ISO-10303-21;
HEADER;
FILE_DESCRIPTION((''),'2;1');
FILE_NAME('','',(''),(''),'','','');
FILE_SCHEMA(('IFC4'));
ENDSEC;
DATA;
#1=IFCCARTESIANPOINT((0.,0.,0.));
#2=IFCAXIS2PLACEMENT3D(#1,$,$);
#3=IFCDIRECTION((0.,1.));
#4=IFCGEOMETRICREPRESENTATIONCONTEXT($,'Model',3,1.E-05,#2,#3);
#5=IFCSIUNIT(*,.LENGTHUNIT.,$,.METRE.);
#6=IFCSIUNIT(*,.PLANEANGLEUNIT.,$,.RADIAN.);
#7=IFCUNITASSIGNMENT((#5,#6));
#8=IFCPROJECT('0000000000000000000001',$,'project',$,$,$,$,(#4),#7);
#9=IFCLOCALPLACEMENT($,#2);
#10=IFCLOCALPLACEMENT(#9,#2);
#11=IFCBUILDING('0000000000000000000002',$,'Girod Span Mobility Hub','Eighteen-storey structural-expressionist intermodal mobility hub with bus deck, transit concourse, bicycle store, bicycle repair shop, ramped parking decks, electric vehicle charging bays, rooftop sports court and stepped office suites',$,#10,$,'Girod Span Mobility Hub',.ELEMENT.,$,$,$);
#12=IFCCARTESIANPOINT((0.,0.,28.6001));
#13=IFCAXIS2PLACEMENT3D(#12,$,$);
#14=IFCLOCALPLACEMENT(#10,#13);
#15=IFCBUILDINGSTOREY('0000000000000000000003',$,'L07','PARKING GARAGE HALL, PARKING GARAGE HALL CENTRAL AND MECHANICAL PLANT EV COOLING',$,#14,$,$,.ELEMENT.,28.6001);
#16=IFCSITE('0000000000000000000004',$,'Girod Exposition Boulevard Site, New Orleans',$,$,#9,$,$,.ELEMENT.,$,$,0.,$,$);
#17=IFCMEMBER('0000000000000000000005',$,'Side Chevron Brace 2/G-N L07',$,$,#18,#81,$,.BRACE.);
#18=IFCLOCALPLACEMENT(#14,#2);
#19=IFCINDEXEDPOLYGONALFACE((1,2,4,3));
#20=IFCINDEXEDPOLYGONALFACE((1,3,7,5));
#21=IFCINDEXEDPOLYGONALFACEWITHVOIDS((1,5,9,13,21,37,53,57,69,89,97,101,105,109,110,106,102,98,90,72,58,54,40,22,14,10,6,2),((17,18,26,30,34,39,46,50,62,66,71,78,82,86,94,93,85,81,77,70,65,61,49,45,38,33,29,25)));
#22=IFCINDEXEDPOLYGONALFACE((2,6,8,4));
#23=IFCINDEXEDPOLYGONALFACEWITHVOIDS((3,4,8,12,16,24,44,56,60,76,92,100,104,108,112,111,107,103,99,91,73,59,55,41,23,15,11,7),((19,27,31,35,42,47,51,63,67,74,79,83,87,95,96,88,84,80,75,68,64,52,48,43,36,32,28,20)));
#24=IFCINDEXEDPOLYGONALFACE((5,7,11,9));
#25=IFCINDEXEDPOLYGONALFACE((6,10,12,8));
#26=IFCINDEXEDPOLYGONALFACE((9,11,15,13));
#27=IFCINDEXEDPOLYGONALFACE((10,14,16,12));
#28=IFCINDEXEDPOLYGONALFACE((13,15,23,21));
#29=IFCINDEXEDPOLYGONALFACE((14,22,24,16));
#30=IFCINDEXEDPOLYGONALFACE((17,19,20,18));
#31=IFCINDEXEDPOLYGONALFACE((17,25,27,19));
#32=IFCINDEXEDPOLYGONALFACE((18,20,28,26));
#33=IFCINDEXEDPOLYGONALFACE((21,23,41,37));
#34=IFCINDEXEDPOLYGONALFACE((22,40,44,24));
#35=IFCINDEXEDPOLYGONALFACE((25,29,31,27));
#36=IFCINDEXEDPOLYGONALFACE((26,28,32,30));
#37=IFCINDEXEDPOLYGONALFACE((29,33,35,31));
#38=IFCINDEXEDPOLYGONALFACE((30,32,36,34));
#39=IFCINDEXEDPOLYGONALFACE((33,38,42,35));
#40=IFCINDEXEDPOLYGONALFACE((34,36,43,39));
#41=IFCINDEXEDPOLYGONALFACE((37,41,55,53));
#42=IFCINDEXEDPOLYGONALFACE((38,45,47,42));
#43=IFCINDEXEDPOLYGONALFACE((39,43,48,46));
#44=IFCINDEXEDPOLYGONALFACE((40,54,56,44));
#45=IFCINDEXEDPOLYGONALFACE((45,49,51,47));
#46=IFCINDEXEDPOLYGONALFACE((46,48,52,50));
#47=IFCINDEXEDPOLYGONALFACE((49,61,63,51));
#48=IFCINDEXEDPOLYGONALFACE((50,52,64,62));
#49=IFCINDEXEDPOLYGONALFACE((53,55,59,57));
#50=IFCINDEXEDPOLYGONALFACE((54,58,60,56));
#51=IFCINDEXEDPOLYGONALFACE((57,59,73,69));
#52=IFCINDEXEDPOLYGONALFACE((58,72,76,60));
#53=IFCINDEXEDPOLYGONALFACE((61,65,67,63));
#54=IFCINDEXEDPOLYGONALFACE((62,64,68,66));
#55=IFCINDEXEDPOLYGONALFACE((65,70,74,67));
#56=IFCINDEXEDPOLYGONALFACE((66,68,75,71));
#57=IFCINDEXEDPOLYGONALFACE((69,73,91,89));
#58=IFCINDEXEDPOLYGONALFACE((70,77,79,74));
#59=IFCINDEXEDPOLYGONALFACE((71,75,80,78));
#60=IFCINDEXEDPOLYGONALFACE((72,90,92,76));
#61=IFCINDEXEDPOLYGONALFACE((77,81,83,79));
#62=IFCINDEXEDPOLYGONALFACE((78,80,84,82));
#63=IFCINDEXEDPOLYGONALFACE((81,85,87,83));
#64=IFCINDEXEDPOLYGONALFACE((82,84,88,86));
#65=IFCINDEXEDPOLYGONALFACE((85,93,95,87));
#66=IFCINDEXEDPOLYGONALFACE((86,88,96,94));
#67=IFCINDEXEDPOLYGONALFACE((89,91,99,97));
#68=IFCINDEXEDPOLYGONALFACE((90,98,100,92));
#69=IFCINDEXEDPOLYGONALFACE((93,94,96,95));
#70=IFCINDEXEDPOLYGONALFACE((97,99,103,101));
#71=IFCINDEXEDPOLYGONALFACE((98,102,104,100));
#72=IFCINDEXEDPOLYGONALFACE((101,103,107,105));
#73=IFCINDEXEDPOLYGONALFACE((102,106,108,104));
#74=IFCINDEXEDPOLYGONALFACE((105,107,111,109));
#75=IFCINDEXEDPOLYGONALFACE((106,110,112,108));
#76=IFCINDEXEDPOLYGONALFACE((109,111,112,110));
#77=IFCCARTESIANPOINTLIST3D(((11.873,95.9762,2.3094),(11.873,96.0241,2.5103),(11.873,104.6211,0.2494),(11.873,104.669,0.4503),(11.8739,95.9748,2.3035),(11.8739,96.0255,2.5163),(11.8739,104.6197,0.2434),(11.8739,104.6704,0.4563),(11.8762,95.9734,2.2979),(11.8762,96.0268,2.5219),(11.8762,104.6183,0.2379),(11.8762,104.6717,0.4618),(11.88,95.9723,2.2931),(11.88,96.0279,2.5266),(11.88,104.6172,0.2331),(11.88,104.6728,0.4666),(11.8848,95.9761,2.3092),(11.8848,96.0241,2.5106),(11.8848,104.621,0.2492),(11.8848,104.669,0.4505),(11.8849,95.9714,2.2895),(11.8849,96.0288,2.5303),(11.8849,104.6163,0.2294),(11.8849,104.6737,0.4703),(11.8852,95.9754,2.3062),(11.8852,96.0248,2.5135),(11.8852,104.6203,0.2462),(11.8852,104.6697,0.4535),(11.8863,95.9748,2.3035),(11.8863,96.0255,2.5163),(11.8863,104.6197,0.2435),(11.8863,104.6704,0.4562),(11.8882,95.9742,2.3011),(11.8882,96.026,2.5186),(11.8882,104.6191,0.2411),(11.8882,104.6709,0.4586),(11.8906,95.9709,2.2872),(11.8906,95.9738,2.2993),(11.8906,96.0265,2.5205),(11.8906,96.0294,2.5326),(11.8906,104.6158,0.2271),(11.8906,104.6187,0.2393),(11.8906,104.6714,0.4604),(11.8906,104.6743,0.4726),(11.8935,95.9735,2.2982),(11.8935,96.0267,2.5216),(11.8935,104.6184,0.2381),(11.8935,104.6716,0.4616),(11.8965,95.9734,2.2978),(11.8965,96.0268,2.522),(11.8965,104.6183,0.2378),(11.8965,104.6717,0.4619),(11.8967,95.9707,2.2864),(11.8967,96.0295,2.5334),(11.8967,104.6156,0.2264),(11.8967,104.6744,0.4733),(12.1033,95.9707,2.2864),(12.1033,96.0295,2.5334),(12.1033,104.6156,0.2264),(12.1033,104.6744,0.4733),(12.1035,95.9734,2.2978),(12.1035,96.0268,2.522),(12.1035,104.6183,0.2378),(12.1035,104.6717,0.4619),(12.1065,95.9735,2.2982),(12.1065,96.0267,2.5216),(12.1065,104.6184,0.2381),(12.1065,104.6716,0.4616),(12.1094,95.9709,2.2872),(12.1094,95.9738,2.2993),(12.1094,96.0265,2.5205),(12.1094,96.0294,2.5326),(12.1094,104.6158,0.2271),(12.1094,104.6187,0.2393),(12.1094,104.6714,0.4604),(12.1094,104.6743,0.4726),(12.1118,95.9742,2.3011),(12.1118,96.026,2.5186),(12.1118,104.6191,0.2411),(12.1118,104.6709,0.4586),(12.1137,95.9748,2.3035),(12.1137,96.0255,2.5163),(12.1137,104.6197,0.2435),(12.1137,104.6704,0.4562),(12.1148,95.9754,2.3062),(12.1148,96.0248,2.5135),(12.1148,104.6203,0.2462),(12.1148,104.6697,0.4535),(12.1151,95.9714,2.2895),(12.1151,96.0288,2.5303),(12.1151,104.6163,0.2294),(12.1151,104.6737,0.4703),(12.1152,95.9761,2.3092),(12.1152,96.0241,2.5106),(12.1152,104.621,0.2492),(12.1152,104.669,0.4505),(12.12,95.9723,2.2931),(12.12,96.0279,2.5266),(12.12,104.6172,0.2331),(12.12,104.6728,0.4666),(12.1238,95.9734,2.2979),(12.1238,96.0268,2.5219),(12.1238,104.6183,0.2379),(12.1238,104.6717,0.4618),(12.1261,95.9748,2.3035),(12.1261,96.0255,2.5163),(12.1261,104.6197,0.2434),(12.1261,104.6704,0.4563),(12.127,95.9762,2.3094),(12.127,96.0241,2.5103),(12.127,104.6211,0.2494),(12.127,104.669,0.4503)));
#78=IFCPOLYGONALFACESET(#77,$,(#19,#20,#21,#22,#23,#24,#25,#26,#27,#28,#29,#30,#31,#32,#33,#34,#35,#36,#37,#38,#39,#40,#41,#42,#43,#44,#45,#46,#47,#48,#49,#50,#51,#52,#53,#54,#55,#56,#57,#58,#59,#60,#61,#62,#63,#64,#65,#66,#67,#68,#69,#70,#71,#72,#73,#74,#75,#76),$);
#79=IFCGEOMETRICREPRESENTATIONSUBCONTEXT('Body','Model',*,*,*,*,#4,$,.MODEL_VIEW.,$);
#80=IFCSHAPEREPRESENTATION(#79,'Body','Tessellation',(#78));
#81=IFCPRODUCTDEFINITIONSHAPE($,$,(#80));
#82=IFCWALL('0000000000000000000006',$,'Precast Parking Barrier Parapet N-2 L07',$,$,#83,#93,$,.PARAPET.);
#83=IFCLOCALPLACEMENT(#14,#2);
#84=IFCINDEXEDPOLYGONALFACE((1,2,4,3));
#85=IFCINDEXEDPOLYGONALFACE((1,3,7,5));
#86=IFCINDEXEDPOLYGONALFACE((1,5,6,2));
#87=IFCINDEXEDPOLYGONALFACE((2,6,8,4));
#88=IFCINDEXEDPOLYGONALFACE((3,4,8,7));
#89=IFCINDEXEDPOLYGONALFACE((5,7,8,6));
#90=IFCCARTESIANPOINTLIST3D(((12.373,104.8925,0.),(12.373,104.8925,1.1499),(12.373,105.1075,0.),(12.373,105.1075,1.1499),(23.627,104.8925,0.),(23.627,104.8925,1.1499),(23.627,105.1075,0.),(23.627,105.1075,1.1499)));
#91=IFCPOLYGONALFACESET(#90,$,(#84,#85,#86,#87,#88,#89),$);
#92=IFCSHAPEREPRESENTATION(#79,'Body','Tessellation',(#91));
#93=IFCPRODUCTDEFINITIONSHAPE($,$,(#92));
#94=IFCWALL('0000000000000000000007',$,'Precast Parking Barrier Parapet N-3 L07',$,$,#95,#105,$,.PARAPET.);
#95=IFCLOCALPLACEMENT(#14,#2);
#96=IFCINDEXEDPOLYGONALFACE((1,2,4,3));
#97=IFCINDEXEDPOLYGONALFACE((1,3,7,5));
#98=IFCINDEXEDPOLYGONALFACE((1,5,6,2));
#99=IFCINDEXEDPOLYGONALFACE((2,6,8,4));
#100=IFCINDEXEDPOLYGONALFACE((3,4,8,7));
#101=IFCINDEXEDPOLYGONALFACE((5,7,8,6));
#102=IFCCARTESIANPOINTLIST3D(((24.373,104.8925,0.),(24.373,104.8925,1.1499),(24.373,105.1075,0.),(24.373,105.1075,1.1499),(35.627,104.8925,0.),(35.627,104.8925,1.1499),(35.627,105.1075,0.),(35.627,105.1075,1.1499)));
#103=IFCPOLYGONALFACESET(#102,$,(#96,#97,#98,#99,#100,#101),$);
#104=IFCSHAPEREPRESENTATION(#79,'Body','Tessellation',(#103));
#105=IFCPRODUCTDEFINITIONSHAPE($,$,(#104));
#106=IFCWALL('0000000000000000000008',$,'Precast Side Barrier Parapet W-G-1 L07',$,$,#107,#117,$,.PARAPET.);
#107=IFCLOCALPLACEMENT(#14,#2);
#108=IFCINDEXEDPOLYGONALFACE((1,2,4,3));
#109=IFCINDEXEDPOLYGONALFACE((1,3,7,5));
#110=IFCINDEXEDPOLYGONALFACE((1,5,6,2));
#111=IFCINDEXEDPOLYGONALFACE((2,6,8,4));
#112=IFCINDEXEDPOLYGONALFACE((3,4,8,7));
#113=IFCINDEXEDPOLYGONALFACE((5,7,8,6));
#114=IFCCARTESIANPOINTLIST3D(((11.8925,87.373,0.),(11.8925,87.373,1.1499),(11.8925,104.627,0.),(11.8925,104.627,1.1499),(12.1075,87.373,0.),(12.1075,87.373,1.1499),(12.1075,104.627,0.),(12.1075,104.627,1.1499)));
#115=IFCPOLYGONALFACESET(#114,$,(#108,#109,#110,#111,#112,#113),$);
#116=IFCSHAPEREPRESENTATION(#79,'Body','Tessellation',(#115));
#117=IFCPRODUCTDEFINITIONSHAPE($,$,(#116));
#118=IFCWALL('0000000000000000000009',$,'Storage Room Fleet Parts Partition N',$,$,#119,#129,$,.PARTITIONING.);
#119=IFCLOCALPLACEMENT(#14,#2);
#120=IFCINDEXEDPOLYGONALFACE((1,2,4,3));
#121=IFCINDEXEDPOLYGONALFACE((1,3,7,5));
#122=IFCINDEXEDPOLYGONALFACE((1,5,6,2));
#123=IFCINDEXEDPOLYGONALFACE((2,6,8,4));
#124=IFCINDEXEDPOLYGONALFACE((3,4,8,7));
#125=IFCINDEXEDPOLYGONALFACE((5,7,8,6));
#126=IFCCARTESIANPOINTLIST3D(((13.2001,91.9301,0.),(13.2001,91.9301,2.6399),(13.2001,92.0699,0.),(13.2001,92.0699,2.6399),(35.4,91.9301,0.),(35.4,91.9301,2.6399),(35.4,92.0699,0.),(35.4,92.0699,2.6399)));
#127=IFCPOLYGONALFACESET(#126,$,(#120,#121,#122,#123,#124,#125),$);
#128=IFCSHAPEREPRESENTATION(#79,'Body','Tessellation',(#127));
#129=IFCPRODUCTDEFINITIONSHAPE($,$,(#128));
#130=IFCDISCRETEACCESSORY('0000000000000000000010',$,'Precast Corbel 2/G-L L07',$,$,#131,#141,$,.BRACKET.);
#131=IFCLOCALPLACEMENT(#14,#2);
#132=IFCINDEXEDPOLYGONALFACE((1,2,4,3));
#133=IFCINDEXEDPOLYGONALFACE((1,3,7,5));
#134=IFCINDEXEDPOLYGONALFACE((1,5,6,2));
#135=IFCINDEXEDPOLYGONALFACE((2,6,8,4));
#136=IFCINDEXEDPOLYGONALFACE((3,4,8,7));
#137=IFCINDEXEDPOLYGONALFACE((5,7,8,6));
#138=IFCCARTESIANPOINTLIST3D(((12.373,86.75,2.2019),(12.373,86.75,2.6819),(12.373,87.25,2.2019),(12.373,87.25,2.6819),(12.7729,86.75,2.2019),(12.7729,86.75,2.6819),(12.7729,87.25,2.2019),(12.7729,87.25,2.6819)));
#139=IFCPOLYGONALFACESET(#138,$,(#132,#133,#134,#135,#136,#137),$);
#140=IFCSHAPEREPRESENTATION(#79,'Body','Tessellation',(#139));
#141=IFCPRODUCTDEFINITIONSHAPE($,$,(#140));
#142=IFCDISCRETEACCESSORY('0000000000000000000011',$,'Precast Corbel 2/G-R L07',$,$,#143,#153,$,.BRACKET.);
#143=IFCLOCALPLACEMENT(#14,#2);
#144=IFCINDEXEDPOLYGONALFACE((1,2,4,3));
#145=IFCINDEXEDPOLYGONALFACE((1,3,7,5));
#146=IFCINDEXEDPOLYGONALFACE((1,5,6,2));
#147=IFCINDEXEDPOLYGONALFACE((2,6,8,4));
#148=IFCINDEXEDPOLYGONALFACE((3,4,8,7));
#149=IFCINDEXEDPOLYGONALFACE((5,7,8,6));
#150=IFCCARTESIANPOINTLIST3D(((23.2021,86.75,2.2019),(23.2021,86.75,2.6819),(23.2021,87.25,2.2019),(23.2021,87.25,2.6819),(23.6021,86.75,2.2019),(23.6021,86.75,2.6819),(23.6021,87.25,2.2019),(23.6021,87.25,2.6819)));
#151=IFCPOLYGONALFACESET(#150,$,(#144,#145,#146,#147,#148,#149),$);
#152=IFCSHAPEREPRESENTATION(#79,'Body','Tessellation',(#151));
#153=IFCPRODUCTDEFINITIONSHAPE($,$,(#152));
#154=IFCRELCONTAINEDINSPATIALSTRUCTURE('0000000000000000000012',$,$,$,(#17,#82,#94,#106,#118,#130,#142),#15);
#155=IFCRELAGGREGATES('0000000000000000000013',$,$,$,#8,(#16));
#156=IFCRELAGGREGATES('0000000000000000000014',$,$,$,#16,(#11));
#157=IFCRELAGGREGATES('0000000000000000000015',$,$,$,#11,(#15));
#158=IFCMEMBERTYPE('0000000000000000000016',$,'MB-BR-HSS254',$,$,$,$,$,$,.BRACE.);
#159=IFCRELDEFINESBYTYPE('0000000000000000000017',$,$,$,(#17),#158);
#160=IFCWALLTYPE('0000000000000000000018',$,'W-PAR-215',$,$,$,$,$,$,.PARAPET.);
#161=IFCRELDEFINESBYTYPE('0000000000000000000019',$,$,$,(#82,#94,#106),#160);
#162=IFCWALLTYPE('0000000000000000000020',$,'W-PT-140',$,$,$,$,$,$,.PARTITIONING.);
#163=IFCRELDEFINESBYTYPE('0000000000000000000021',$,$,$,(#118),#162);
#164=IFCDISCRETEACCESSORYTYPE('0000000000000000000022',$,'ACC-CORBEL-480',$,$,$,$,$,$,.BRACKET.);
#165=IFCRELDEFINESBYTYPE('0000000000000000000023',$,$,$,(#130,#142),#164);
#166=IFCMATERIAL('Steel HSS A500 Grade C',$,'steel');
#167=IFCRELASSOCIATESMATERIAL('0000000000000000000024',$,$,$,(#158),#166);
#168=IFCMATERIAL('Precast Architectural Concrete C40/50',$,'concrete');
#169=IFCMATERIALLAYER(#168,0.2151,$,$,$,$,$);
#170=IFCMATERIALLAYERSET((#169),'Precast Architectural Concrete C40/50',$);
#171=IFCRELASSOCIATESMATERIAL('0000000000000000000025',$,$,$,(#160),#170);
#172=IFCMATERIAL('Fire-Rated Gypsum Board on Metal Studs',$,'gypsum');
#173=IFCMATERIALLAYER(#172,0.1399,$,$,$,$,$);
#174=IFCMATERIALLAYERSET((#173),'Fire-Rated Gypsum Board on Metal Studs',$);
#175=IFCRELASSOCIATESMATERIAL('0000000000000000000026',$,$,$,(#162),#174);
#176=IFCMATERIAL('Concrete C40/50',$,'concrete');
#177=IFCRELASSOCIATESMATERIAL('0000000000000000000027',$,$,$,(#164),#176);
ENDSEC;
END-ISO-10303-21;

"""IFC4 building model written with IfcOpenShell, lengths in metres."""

from ifc_helpers import new_model, si_unit, direction, frame, frame_2d, origin, origin_2d, place, context, subcontext, project, spatial, rectangle, hollow_rectangle, extrude, material, layer, layer_set, material_profile, profile_set, type_object, element, save


model = new_model("IFC4")

# Units and contexts
model_context = context("Model", 3, precision=1e-05, world=origin(), true_north=direction((0.0, 1.0)))
body_context = subcontext(model_context, "Body", "Model", "MODEL_VIEW")
ifc_project = project(units=[si_unit("LENGTHUNIT", "METRE"), si_unit("PLANEANGLEUNIT", "RADIAN")], contexts=[model_context])

# Site, building, storey
site_placement = place(None, origin())
site = spatial("IfcSite", under=ifc_project, at=site_placement, Name="Girod Exposition Boulevard Site, New Orleans", CompositionType="ELEMENT", RefElevation=0.0)
building_placement = place(site_placement, origin())
building = spatial("IfcBuilding", under=site, at=building_placement, Name="Girod Span Mobility Hub", Description="Eighteen-storey structural-expressionist intermodal mobility hub with bus deck, transit concourse, bicycle store, bicycle repair shop, ramped parking decks, electric vehicle charging bays, rooftop sports court and stepped office suites", LongName="Girod Span Mobility Hub", CompositionType="ELEMENT")
storey_placement = place(building_placement, frame((0.0, 0.0, 28.6001)))
storey = spatial("IfcBuildingStorey", under=building, at=storey_placement, Name="L07", Description="PARKING GARAGE HALL, PARKING GARAGE HALL CENTRAL AND MECHANICAL PLANT EV COOLING", CompositionType="ELEMENT", Elevation=28.6001)

# Member
ifc_material_1 = material(Name="Steel HSS A500 Grade C", Category="steel")
ifc_material_profile_1 = material_profile(ifc_material_1, hollow_rectangle(XDim=0.2539, YDim=0.2539, WallThickness=0.0117, InnerFilletRadius=0.0117, OuterFilletRadius=0.0237, at=origin_2d()), Name="HSS254X254X12.7")
ifc_profile_set_1 = profile_set([ifc_material_profile_1], Name="Steel HSS A500 Grade C")
member_type = type_object("IfcMemberType", Name="MB-BR-HSS254", PredefinedType="BRACE", material=ifc_profile_set_1)
for number, where, z_axis, x_axis, name in (
    (1, (12.0, 104.645, 0.3499), (0.0, -0.972763, 0.231804), (1.0, 0.0, 0.0), "Side Chevron Brace 2/G-N L07"),
):
    element("IfcMember", number, at=place(storey_placement, frame(where, z_axis=z_axis, x_axis=x_axis)), inside=storey, type_object=member_type, Name=name, PredefinedType="BRACE", context=body_context, shape_type="SweptSolid", body=[
        extrude(hollow_rectangle(XDim=0.2539, YDim=0.2539, WallThickness=0.0117, InnerFilletRadius=0.0117, OuterFilletRadius=0.0237, at=origin_2d()), origin(), (0.0, 0.0, 1.0), 8.887),
    ])

# Walls
ifc_material_2 = material(Name="Precast Architectural Concrete C40/50", Category="concrete")
ifc_layer_1 = layer(ifc_material_2, 0.2151)
ifc_layer_set_1 = layer_set([ifc_layer_1], Name="Precast Architectural Concrete C40/50")
wall_type_1 = type_object("IfcWallType", Name="W-PAR-215", PredefinedType="PARAPET", material=ifc_layer_set_1)
for number, where, z_axis, x_axis, name in (
    (2, (12.373, 105.0, 0.0), (0.0, 0.0, 1.0), (1.0, 0.0, 0.0), "Precast Parking Barrier Parapet N-2 L07"),
    (3, (24.373, 105.0, 0.0), (0.0, 0.0, 1.0), (1.0, 0.0, 0.0), "Precast Parking Barrier Parapet N-3 L07"),
):
    element("IfcWall", number, at=place(storey_placement, frame(where, z_axis=z_axis, x_axis=x_axis)), inside=storey, type_object=wall_type_1, Name=name, PredefinedType="PARAPET", context=body_context, shape_type="SweptSolid", body=[
        extrude(rectangle(XDim=11.2539, YDim=0.2151, at=frame_2d((5.627, 0.0))), origin(), (0.0, 0.0, 1.0), 1.1499),
    ])
wall_1_placement = place(storey_placement, frame((12.0, 87.373, 0.0), z_axis=(0.0, 0.0, 1.0), x_axis=(0.0, 1.0, 0.0)))
element("IfcWall", 4, at=wall_1_placement, inside=storey, type_object=wall_type_1, Name="Precast Side Barrier Parapet W-G-1 L07", PredefinedType="PARAPET", context=body_context, shape_type="SweptSolid", body=[
    extrude(rectangle(XDim=17.2539, YDim=0.2151, at=frame_2d((8.627, 0.0))), origin(), (0.0, 0.0, 1.0), 1.1499),
])
ifc_material_3 = material(Name="Fire-Rated Gypsum Board on Metal Studs", Category="gypsum")
ifc_layer_2 = layer(ifc_material_3, 0.1399)
ifc_layer_set_2 = layer_set([ifc_layer_2], Name="Fire-Rated Gypsum Board on Metal Studs")
wall_type_2 = type_object("IfcWallType", Name="W-PT-140", PredefinedType="PARTITIONING", material=ifc_layer_set_2)
wall_2_placement = place(storey_placement, frame((13.2, 92.0, 0.0), z_axis=(0.0, 0.0, 1.0), x_axis=(1.0, 0.0, 0.0)))
element("IfcWall", 5, at=wall_2_placement, inside=storey, type_object=wall_type_2, Name="Storage Room Fleet Parts Partition N", PredefinedType="PARTITIONING", context=body_context, shape_type="SweptSolid", body=[
    extrude(rectangle(XDim=22.2, YDim=0.1399, at=frame_2d((11.1001, 0.0))), origin(), (0.0, 0.0, 1.0), 2.6399),
])

# Discrete accessories
ifc_material_4 = material(Name="Concrete C40/50", Category="concrete")
discrete_accessory_type = type_object("IfcDiscreteAccessoryType", Name="ACC-CORBEL-480", PredefinedType="BRACKET", material=ifc_material_4)
for number, where, z_axis, x_axis, name in (
    (6, (12.573, 87.0, 2.2019), (0.0, 0.0, 1.0), (1.0, 0.0, 0.0), "Precast Corbel 2/G-L L07"),
    (7, (23.4021, 87.0, 2.2019), (0.0, 0.0, 1.0), (1.0, 0.0, 0.0), "Precast Corbel 2/G-R L07"),
):
    element("IfcDiscreteAccessory", number, at=place(storey_placement, frame(where, z_axis=z_axis, x_axis=x_axis)), inside=storey, type_object=discrete_accessory_type, Name=name, PredefinedType="BRACKET", context=body_context, shape_type="SweptSolid", body=[
        extrude(rectangle(XDim=0.3999, YDim=0.5, at=origin_2d()), origin(), (0.0, 0.0, 1.0), 0.48),
    ])

save(model, "model.ifc")
